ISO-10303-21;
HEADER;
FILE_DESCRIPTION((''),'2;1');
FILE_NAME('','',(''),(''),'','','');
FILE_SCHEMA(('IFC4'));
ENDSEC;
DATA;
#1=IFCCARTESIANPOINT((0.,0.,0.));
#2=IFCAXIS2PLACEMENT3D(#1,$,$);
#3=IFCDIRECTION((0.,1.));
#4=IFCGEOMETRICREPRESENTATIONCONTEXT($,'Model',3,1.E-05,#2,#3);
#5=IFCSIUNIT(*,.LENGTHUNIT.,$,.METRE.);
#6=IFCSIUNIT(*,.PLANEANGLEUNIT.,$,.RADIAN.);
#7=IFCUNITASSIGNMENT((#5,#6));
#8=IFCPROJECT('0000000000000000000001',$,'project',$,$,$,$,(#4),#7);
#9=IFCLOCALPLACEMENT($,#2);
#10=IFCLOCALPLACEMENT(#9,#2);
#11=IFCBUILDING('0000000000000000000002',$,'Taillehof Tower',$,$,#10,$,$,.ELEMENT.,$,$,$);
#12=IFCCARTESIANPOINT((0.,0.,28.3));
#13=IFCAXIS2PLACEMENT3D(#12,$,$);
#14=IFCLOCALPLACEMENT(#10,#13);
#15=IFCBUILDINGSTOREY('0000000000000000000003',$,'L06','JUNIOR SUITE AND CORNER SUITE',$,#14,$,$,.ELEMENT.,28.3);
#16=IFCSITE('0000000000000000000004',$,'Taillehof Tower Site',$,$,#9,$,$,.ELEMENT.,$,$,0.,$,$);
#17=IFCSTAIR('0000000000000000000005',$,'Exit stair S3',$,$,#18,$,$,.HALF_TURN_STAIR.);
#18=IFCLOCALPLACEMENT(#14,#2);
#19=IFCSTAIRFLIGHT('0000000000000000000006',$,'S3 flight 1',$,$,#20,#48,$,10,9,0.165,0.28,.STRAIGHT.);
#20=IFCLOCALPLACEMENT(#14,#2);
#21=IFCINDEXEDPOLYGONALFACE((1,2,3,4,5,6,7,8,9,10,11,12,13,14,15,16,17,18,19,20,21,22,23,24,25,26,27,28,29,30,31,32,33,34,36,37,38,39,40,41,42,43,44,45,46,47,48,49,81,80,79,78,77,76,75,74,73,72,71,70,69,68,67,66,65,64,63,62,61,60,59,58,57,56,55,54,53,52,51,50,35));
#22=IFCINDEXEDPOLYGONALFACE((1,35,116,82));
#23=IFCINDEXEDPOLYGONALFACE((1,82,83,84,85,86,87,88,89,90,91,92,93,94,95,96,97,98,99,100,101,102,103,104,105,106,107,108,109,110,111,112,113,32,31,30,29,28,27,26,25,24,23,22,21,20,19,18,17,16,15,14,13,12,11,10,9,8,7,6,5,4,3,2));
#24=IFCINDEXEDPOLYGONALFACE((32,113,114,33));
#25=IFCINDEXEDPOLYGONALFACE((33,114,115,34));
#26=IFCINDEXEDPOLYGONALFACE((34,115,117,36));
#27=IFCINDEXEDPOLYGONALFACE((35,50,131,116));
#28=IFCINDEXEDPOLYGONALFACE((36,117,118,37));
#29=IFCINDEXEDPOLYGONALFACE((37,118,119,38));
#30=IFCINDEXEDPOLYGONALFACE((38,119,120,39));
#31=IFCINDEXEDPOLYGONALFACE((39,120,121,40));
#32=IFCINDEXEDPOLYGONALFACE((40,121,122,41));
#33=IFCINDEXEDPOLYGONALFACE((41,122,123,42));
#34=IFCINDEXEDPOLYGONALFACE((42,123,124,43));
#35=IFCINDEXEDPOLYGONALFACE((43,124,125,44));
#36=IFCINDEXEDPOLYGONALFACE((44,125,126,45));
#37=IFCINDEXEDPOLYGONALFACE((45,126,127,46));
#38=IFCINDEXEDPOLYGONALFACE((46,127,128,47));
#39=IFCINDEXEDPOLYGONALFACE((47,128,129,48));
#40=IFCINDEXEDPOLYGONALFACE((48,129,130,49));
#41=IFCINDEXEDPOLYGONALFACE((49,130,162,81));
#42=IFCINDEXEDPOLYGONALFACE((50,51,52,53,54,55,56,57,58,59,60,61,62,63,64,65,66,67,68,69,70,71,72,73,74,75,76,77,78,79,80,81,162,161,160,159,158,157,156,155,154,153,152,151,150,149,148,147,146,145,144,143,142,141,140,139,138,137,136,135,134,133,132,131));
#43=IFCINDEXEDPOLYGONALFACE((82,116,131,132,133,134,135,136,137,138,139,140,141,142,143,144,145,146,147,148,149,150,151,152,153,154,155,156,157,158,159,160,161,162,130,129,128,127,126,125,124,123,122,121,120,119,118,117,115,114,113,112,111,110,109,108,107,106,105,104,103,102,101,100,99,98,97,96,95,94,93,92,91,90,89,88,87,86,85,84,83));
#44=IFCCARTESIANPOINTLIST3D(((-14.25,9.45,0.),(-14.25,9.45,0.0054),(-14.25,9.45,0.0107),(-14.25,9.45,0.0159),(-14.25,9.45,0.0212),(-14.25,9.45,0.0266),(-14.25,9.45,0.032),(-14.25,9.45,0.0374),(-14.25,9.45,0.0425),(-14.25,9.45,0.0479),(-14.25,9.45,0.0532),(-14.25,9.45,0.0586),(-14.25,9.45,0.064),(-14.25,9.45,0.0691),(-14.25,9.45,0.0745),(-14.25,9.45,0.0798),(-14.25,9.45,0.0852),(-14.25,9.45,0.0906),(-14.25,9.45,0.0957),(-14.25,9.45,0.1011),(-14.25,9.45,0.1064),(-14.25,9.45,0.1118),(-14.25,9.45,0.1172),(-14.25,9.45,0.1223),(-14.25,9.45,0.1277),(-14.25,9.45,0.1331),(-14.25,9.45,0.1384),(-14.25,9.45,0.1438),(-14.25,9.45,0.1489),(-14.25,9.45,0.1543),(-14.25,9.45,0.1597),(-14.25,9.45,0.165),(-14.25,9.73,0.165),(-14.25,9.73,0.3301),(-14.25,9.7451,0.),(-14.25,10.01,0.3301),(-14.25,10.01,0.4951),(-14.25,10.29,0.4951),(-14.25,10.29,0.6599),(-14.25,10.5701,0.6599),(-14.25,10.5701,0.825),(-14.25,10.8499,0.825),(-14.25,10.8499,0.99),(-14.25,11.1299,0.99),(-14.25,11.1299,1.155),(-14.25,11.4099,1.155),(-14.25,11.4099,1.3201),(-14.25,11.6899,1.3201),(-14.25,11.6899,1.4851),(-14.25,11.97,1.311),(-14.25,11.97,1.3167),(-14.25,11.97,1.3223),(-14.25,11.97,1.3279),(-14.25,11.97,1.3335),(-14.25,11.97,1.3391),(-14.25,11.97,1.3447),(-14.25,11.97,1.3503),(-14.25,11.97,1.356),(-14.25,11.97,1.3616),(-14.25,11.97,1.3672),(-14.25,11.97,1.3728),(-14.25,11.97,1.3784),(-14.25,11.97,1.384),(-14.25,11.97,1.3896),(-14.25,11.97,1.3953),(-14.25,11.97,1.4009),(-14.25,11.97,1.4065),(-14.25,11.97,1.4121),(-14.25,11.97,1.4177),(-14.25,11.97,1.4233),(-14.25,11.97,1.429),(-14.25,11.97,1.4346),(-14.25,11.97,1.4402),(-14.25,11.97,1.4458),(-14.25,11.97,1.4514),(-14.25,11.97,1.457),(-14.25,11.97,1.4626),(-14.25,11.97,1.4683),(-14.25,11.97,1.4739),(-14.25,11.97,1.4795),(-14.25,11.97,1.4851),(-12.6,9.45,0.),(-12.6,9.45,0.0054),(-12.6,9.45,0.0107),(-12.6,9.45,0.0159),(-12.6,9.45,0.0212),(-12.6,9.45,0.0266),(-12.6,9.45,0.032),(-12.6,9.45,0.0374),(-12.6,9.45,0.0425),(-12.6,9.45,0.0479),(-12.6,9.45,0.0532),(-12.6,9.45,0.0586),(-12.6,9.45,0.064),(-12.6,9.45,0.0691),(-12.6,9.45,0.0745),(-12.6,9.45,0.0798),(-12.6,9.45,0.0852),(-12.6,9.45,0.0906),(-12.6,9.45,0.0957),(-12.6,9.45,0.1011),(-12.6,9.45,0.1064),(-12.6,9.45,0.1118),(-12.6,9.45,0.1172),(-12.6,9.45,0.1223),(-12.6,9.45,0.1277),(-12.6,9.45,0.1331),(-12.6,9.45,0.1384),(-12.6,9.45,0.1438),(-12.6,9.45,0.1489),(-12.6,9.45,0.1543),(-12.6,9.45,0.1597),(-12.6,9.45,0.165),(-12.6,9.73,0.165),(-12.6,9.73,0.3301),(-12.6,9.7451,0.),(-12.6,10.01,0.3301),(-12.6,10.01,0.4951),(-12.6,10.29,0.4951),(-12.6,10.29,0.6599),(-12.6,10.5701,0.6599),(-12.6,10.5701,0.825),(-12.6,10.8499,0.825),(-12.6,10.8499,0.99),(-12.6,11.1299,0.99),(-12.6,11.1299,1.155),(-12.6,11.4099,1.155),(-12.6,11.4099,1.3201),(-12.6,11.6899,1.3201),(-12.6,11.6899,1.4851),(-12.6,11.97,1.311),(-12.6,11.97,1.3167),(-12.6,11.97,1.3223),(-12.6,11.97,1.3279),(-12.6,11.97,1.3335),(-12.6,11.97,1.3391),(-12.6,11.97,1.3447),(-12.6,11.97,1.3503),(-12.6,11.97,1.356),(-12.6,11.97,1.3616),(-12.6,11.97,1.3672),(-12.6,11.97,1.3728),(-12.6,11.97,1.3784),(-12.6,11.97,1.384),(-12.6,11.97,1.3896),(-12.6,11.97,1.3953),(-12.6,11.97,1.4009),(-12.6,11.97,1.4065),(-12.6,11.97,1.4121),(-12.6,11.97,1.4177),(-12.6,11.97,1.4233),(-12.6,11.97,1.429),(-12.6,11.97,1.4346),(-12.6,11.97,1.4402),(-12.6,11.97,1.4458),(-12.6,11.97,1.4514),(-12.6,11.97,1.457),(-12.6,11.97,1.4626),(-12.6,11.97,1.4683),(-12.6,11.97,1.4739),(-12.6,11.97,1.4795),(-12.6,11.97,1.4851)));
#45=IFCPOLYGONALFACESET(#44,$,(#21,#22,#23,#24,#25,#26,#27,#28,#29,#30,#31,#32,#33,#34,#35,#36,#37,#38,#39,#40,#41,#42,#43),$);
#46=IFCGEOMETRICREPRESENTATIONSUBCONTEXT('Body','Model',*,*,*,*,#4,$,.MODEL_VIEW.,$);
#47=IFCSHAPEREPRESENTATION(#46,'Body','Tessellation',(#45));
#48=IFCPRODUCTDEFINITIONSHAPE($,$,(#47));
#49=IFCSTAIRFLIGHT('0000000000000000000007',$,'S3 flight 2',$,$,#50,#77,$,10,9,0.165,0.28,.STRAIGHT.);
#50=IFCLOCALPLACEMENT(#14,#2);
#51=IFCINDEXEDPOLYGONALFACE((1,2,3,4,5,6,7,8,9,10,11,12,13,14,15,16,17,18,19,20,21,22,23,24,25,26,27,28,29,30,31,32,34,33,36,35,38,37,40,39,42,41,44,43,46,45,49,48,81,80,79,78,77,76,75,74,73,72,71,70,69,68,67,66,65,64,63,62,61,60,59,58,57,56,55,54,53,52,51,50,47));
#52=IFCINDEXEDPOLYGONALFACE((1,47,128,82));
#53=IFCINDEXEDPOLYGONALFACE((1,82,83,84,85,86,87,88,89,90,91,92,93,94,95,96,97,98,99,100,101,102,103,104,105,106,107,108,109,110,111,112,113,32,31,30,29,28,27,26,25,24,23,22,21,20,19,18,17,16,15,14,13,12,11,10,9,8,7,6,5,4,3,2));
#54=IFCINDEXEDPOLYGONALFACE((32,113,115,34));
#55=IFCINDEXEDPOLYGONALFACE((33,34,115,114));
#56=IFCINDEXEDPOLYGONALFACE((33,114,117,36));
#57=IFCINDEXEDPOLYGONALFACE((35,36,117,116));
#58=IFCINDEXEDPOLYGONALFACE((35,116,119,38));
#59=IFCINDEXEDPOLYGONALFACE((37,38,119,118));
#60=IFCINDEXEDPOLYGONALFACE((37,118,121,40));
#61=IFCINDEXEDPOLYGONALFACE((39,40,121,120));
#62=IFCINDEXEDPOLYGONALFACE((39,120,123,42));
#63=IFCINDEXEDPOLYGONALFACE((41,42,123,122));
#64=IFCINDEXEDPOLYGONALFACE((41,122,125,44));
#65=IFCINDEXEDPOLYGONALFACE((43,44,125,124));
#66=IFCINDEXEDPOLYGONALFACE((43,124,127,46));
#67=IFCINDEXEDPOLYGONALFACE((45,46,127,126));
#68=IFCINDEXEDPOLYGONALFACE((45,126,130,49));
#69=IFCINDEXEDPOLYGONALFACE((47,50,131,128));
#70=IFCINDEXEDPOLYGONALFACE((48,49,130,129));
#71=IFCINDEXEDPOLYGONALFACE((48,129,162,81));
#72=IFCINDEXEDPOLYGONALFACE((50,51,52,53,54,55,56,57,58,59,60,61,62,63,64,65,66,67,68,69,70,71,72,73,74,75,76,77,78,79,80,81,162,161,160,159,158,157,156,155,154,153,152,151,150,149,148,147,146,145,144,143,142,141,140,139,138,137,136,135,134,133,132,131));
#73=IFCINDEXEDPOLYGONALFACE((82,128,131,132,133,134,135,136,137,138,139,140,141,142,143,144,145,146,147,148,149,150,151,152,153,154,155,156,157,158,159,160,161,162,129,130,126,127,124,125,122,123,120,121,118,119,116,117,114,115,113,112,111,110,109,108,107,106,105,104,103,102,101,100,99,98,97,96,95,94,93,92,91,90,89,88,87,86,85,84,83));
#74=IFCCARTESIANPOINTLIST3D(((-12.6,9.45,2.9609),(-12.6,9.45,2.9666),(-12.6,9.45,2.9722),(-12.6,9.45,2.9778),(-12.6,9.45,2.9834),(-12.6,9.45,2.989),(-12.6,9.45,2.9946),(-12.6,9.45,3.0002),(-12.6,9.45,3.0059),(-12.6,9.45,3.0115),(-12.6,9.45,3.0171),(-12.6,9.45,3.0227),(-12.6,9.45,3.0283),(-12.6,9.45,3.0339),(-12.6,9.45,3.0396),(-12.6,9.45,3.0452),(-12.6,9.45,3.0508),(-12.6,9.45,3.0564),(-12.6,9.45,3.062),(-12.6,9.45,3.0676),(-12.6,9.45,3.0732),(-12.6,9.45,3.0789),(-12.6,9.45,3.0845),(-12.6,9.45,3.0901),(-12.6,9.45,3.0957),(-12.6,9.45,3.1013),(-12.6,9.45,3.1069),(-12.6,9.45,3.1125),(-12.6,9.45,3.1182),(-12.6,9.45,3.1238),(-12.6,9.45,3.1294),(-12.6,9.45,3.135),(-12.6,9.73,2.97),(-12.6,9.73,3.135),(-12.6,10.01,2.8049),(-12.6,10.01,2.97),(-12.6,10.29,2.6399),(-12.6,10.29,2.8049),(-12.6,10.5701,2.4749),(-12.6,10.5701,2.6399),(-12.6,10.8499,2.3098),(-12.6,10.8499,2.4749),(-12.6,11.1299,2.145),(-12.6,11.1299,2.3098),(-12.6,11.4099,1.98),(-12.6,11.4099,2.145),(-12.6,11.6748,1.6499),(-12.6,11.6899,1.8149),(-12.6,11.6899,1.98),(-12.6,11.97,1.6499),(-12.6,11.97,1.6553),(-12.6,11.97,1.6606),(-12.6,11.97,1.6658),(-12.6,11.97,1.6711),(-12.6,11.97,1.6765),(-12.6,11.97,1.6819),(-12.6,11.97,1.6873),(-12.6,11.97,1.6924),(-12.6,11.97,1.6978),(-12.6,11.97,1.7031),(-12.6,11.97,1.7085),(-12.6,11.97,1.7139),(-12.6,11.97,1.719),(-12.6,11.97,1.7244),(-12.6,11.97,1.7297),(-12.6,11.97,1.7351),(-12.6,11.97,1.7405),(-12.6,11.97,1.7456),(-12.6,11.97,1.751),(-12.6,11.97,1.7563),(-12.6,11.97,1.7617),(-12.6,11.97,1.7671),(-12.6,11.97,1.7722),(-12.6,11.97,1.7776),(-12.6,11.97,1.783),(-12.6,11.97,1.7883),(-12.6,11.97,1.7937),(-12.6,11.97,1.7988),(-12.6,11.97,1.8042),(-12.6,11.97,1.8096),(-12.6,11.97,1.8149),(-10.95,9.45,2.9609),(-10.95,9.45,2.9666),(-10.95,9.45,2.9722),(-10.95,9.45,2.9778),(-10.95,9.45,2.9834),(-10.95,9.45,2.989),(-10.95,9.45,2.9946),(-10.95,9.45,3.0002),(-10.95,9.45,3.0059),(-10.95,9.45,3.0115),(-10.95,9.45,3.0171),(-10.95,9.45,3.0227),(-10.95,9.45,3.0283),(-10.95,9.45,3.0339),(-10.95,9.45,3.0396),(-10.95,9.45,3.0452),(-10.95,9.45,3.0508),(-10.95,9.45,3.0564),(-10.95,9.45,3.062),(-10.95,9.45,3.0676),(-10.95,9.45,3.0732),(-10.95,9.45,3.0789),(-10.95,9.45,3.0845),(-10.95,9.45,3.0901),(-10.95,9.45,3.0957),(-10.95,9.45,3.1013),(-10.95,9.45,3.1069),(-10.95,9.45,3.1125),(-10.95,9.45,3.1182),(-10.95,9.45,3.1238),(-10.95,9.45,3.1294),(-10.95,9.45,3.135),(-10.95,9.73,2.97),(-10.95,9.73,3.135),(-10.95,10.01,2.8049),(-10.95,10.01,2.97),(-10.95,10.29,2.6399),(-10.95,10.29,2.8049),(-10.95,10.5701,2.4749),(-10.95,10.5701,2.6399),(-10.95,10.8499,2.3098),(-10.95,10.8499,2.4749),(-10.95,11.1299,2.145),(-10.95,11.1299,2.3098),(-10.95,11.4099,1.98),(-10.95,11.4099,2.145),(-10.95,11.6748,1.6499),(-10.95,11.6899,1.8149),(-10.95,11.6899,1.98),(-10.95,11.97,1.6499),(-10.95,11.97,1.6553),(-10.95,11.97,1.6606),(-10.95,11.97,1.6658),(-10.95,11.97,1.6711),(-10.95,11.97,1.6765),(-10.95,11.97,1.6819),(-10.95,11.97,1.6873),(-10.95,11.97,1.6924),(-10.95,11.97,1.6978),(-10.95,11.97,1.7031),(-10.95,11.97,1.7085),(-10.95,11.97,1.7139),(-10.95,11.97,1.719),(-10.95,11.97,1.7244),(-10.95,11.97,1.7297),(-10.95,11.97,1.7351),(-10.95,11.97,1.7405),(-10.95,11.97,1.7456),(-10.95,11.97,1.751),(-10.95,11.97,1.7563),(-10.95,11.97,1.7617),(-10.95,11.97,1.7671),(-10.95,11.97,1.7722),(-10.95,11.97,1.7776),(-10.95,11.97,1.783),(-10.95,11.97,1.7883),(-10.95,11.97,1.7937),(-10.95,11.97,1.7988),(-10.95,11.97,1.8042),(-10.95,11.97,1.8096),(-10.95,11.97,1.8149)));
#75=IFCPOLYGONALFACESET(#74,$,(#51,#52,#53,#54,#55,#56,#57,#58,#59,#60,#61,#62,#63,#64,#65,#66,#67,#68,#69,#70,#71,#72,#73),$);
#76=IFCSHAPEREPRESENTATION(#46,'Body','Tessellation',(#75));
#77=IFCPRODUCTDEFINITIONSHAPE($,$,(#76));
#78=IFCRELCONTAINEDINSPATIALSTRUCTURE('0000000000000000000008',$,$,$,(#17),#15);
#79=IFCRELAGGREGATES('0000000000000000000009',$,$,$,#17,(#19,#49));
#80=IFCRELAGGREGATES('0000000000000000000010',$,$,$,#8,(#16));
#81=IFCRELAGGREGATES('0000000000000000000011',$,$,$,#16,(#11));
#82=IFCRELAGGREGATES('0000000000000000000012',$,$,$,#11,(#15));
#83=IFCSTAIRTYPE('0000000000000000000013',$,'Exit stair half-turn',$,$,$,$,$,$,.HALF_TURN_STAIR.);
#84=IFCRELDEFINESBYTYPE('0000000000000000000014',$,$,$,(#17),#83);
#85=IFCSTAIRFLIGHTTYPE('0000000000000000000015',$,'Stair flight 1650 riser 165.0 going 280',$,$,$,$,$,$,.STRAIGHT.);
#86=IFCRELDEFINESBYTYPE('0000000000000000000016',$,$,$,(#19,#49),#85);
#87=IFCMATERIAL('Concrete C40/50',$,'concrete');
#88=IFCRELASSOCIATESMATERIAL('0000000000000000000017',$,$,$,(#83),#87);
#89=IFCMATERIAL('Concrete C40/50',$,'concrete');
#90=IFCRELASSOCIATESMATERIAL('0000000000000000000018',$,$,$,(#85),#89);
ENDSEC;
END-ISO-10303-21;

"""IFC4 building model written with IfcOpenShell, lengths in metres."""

from ifc_helpers import new_model, si_unit, direction, frame, origin, place, context, subcontext, project, spatial, polyline, outline, extrude, material, type_object, element, aggregate, save


model = new_model("IFC4")

# Units and contexts
model_context = context("Model", 3, precision=1e-05, world=origin(), true_north=direction((0.0, 1.0)))
body_context = subcontext(model_context, "Body", "Model", "MODEL_VIEW")
ifc_project = project(units=[si_unit("LENGTHUNIT", "METRE"), si_unit("PLANEANGLEUNIT", "RADIAN")], contexts=[model_context])

# Site, building, storey
site_placement = place(None, origin())
site = spatial("IfcSite", under=ifc_project, at=site_placement, Name="Taillehof Tower Site", CompositionType="ELEMENT", RefElevation=0.0)
building_placement = place(site_placement, origin())
building = spatial("IfcBuilding", under=site, at=building_placement, Name="Taillehof Tower", CompositionType="ELEMENT")
storey_placement = place(building_placement, frame((0.0, 0.0, 28.3)))
storey = spatial("IfcBuildingStorey", under=building, at=storey_placement, Name="L06", Description="JUNIOR SUITE AND CORNER SUITE", CompositionType="ELEMENT", Elevation=28.3)

# Stair, stair flights
ifc_material_1 = material(Name="Concrete C40/50", Category="concrete")
stair_type = type_object("IfcStairType", Name="Exit stair half-turn", PredefinedType="HALF_TURN_STAIR", material=ifc_material_1)
stair_placement = place(storey_placement, origin())
stair = element("IfcStair", 1, at=stair_placement, inside=storey, type_object=stair_type, Name="Exit stair S3", PredefinedType="HALF_TURN_STAIR")
ifc_material_2 = material(Name="Concrete C40/50", Category="concrete")
stair_flight_type = type_object("IfcStairFlightType", Name="Stair flight 1650 riser 165.0 going 280", PredefinedType="STRAIGHT", material=ifc_material_2)
stair_flight_1_placement = place(storey_placement, frame((-13.425, 9.45, 0.0), z_axis=(0.0, 0.0, 1.0), x_axis=(0.0, 1.0, 0.0)))
stair_flight_1 = element("IfcStairFlight", 2, at=stair_flight_1_placement, type_object=stair_flight_type, Name="S3 flight 1", NumberOfRisers=10, NumberOfTreads=9, PredefinedType="STRAIGHT", RiserHeight=0.165, TreadLength=0.28, context=body_context, shape_type="SweptSolid", body=[
    extrude(outline(polyline([(0.0, 0.0), (0.0, 0.0054), (0.0, 0.0107), (0.0, 0.0159), (0.0, 0.0212), (0.0, 0.0266), (0.0, 0.032), (0.0, 0.0374), (0.0, 0.0425), (0.0, 0.0479), (0.0, 0.0532), (0.0, 0.0586), (0.0, 0.064), (0.0, 0.0691), (0.0, 0.0745), (0.0, 0.0798), (0.0, 0.0852), (0.0, 0.0906), (0.0, 0.0957), (0.0, 0.1011), (0.0, 0.1064), (0.0, 0.1118), (0.0, 0.1172), (0.0, 0.1223), (0.0, 0.1277), (0.0, 0.1331), (0.0, 0.1384), (0.0, 0.1438), (0.0, 0.1489), (0.0, 0.1543), (0.0, 0.1597), (0.0, 0.165), (0.28, 0.165), (0.28, 0.3301), (0.5601, 0.3301), (0.5601, 0.4951), (0.8401, 0.4951), (0.8401, 0.6599), (1.1201, 0.6599), (1.1201, 0.825), (1.3999, 0.825), (1.3999, 0.99), (1.6799, 0.99), (1.6799, 1.155), (1.96, 1.155), (1.96, 1.3201), (2.24, 1.3201), (2.24, 1.4851), (2.52, 1.4851), (2.52, 1.4795), (2.52, 1.4739), (2.52, 1.4683), (2.52, 1.4626), (2.52, 1.457), (2.52, 1.4514), (2.52, 1.4458), (2.52, 1.4402), (2.52, 1.4346), (2.52, 1.429), (2.52, 1.4233), (2.52, 1.4177), (2.52, 1.4121), (2.52, 1.4065), (2.52, 1.4009), (2.52, 1.3953), (2.52, 1.3896), (2.52, 1.384), (2.52, 1.3784), (2.52, 1.3728), (2.52, 1.3672), (2.52, 1.3616), (2.52, 1.356), (2.52, 1.3503), (2.52, 1.3447), (2.52, 1.3391), (2.52, 1.3335), (2.52, 1.3279), (2.52, 1.3223), (2.52, 1.3167), (2.52, 1.311), (0.2952, 0.0), (0.0, 0.0)])), frame((0.0, 0.825, 0.0), z_axis=(0.0, -1.0, 0.0), x_axis=(1.0, 0.0, 0.0)), (0.0, 0.0, 1.0), 1.65),
])
stair_flight_2_placement = place(storey_placement, frame((-11.7749, 11.97, 1.6499), z_axis=(0.0, 0.0, 1.0), x_axis=(0.0, -1.0, 0.0)))
stair_flight_2 = element("IfcStairFlight", 3, at=stair_flight_2_placement, type_object=stair_flight_type, Name="S3 flight 2", NumberOfRisers=10, NumberOfTreads=9, PredefinedType="STRAIGHT", RiserHeight=0.165, TreadLength=0.28, context=body_context, shape_type="SweptSolid", body=[
    extrude(outline(polyline([(0.0, 0.0), (0.0, 0.0054), (0.0, 0.0107), (0.0, 0.0159), (0.0, 0.0212), (0.0, 0.0266), (0.0, 0.032), (0.0, 0.0374), (0.0, 0.0425), (0.0, 0.0479), (0.0, 0.0532), (0.0, 0.0586), (0.0, 0.064), (0.0, 0.0691), (0.0, 0.0745), (0.0, 0.0798), (0.0, 0.0852), (0.0, 0.0906), (0.0, 0.0957), (0.0, 0.1011), (0.0, 0.1064), (0.0, 0.1118), (0.0, 0.1172), (0.0, 0.1223), (0.0, 0.1277), (0.0, 0.1331), (0.0, 0.1384), (0.0, 0.1438), (0.0, 0.1489), (0.0, 0.1543), (0.0, 0.1597), (0.0, 0.165), (0.28, 0.165), (0.28, 0.3301), (0.5601, 0.3301), (0.5601, 0.4951), (0.8401, 0.4951), (0.8401, 0.6599), (1.1201, 0.6599), (1.1201, 0.825), (1.3999, 0.825), (1.3999, 0.99), (1.6799, 0.99), (1.6799, 1.155), (1.96, 1.155), (1.96, 1.3201), (2.24, 1.3201), (2.24, 1.4851), (2.52, 1.4851), (2.52, 1.4795), (2.52, 1.4739), (2.52, 1.4683), (2.52, 1.4626), (2.52, 1.457), (2.52, 1.4514), (2.52, 1.4458), (2.52, 1.4402), (2.52, 1.4346), (2.52, 1.429), (2.52, 1.4233), (2.52, 1.4177), (2.52, 1.4121), (2.52, 1.4065), (2.52, 1.4009), (2.52, 1.3953), (2.52, 1.3896), (2.52, 1.384), (2.52, 1.3784), (2.52, 1.3728), (2.52, 1.3672), (2.52, 1.3616), (2.52, 1.356), (2.52, 1.3503), (2.52, 1.3447), (2.52, 1.3391), (2.52, 1.3335), (2.52, 1.3279), (2.52, 1.3223), (2.52, 1.3167), (2.52, 1.311), (0.2952, 0.0), (0.0, 0.0)])), frame((0.0, 0.825, 0.0), z_axis=(0.0, -1.0, 0.0), x_axis=(1.0, 0.0, 0.0)), (0.0, 0.0, 1.0), 1.65),
])
aggregate(stair, [stair_flight_1, stair_flight_2])

save(model, "model.ifc")
